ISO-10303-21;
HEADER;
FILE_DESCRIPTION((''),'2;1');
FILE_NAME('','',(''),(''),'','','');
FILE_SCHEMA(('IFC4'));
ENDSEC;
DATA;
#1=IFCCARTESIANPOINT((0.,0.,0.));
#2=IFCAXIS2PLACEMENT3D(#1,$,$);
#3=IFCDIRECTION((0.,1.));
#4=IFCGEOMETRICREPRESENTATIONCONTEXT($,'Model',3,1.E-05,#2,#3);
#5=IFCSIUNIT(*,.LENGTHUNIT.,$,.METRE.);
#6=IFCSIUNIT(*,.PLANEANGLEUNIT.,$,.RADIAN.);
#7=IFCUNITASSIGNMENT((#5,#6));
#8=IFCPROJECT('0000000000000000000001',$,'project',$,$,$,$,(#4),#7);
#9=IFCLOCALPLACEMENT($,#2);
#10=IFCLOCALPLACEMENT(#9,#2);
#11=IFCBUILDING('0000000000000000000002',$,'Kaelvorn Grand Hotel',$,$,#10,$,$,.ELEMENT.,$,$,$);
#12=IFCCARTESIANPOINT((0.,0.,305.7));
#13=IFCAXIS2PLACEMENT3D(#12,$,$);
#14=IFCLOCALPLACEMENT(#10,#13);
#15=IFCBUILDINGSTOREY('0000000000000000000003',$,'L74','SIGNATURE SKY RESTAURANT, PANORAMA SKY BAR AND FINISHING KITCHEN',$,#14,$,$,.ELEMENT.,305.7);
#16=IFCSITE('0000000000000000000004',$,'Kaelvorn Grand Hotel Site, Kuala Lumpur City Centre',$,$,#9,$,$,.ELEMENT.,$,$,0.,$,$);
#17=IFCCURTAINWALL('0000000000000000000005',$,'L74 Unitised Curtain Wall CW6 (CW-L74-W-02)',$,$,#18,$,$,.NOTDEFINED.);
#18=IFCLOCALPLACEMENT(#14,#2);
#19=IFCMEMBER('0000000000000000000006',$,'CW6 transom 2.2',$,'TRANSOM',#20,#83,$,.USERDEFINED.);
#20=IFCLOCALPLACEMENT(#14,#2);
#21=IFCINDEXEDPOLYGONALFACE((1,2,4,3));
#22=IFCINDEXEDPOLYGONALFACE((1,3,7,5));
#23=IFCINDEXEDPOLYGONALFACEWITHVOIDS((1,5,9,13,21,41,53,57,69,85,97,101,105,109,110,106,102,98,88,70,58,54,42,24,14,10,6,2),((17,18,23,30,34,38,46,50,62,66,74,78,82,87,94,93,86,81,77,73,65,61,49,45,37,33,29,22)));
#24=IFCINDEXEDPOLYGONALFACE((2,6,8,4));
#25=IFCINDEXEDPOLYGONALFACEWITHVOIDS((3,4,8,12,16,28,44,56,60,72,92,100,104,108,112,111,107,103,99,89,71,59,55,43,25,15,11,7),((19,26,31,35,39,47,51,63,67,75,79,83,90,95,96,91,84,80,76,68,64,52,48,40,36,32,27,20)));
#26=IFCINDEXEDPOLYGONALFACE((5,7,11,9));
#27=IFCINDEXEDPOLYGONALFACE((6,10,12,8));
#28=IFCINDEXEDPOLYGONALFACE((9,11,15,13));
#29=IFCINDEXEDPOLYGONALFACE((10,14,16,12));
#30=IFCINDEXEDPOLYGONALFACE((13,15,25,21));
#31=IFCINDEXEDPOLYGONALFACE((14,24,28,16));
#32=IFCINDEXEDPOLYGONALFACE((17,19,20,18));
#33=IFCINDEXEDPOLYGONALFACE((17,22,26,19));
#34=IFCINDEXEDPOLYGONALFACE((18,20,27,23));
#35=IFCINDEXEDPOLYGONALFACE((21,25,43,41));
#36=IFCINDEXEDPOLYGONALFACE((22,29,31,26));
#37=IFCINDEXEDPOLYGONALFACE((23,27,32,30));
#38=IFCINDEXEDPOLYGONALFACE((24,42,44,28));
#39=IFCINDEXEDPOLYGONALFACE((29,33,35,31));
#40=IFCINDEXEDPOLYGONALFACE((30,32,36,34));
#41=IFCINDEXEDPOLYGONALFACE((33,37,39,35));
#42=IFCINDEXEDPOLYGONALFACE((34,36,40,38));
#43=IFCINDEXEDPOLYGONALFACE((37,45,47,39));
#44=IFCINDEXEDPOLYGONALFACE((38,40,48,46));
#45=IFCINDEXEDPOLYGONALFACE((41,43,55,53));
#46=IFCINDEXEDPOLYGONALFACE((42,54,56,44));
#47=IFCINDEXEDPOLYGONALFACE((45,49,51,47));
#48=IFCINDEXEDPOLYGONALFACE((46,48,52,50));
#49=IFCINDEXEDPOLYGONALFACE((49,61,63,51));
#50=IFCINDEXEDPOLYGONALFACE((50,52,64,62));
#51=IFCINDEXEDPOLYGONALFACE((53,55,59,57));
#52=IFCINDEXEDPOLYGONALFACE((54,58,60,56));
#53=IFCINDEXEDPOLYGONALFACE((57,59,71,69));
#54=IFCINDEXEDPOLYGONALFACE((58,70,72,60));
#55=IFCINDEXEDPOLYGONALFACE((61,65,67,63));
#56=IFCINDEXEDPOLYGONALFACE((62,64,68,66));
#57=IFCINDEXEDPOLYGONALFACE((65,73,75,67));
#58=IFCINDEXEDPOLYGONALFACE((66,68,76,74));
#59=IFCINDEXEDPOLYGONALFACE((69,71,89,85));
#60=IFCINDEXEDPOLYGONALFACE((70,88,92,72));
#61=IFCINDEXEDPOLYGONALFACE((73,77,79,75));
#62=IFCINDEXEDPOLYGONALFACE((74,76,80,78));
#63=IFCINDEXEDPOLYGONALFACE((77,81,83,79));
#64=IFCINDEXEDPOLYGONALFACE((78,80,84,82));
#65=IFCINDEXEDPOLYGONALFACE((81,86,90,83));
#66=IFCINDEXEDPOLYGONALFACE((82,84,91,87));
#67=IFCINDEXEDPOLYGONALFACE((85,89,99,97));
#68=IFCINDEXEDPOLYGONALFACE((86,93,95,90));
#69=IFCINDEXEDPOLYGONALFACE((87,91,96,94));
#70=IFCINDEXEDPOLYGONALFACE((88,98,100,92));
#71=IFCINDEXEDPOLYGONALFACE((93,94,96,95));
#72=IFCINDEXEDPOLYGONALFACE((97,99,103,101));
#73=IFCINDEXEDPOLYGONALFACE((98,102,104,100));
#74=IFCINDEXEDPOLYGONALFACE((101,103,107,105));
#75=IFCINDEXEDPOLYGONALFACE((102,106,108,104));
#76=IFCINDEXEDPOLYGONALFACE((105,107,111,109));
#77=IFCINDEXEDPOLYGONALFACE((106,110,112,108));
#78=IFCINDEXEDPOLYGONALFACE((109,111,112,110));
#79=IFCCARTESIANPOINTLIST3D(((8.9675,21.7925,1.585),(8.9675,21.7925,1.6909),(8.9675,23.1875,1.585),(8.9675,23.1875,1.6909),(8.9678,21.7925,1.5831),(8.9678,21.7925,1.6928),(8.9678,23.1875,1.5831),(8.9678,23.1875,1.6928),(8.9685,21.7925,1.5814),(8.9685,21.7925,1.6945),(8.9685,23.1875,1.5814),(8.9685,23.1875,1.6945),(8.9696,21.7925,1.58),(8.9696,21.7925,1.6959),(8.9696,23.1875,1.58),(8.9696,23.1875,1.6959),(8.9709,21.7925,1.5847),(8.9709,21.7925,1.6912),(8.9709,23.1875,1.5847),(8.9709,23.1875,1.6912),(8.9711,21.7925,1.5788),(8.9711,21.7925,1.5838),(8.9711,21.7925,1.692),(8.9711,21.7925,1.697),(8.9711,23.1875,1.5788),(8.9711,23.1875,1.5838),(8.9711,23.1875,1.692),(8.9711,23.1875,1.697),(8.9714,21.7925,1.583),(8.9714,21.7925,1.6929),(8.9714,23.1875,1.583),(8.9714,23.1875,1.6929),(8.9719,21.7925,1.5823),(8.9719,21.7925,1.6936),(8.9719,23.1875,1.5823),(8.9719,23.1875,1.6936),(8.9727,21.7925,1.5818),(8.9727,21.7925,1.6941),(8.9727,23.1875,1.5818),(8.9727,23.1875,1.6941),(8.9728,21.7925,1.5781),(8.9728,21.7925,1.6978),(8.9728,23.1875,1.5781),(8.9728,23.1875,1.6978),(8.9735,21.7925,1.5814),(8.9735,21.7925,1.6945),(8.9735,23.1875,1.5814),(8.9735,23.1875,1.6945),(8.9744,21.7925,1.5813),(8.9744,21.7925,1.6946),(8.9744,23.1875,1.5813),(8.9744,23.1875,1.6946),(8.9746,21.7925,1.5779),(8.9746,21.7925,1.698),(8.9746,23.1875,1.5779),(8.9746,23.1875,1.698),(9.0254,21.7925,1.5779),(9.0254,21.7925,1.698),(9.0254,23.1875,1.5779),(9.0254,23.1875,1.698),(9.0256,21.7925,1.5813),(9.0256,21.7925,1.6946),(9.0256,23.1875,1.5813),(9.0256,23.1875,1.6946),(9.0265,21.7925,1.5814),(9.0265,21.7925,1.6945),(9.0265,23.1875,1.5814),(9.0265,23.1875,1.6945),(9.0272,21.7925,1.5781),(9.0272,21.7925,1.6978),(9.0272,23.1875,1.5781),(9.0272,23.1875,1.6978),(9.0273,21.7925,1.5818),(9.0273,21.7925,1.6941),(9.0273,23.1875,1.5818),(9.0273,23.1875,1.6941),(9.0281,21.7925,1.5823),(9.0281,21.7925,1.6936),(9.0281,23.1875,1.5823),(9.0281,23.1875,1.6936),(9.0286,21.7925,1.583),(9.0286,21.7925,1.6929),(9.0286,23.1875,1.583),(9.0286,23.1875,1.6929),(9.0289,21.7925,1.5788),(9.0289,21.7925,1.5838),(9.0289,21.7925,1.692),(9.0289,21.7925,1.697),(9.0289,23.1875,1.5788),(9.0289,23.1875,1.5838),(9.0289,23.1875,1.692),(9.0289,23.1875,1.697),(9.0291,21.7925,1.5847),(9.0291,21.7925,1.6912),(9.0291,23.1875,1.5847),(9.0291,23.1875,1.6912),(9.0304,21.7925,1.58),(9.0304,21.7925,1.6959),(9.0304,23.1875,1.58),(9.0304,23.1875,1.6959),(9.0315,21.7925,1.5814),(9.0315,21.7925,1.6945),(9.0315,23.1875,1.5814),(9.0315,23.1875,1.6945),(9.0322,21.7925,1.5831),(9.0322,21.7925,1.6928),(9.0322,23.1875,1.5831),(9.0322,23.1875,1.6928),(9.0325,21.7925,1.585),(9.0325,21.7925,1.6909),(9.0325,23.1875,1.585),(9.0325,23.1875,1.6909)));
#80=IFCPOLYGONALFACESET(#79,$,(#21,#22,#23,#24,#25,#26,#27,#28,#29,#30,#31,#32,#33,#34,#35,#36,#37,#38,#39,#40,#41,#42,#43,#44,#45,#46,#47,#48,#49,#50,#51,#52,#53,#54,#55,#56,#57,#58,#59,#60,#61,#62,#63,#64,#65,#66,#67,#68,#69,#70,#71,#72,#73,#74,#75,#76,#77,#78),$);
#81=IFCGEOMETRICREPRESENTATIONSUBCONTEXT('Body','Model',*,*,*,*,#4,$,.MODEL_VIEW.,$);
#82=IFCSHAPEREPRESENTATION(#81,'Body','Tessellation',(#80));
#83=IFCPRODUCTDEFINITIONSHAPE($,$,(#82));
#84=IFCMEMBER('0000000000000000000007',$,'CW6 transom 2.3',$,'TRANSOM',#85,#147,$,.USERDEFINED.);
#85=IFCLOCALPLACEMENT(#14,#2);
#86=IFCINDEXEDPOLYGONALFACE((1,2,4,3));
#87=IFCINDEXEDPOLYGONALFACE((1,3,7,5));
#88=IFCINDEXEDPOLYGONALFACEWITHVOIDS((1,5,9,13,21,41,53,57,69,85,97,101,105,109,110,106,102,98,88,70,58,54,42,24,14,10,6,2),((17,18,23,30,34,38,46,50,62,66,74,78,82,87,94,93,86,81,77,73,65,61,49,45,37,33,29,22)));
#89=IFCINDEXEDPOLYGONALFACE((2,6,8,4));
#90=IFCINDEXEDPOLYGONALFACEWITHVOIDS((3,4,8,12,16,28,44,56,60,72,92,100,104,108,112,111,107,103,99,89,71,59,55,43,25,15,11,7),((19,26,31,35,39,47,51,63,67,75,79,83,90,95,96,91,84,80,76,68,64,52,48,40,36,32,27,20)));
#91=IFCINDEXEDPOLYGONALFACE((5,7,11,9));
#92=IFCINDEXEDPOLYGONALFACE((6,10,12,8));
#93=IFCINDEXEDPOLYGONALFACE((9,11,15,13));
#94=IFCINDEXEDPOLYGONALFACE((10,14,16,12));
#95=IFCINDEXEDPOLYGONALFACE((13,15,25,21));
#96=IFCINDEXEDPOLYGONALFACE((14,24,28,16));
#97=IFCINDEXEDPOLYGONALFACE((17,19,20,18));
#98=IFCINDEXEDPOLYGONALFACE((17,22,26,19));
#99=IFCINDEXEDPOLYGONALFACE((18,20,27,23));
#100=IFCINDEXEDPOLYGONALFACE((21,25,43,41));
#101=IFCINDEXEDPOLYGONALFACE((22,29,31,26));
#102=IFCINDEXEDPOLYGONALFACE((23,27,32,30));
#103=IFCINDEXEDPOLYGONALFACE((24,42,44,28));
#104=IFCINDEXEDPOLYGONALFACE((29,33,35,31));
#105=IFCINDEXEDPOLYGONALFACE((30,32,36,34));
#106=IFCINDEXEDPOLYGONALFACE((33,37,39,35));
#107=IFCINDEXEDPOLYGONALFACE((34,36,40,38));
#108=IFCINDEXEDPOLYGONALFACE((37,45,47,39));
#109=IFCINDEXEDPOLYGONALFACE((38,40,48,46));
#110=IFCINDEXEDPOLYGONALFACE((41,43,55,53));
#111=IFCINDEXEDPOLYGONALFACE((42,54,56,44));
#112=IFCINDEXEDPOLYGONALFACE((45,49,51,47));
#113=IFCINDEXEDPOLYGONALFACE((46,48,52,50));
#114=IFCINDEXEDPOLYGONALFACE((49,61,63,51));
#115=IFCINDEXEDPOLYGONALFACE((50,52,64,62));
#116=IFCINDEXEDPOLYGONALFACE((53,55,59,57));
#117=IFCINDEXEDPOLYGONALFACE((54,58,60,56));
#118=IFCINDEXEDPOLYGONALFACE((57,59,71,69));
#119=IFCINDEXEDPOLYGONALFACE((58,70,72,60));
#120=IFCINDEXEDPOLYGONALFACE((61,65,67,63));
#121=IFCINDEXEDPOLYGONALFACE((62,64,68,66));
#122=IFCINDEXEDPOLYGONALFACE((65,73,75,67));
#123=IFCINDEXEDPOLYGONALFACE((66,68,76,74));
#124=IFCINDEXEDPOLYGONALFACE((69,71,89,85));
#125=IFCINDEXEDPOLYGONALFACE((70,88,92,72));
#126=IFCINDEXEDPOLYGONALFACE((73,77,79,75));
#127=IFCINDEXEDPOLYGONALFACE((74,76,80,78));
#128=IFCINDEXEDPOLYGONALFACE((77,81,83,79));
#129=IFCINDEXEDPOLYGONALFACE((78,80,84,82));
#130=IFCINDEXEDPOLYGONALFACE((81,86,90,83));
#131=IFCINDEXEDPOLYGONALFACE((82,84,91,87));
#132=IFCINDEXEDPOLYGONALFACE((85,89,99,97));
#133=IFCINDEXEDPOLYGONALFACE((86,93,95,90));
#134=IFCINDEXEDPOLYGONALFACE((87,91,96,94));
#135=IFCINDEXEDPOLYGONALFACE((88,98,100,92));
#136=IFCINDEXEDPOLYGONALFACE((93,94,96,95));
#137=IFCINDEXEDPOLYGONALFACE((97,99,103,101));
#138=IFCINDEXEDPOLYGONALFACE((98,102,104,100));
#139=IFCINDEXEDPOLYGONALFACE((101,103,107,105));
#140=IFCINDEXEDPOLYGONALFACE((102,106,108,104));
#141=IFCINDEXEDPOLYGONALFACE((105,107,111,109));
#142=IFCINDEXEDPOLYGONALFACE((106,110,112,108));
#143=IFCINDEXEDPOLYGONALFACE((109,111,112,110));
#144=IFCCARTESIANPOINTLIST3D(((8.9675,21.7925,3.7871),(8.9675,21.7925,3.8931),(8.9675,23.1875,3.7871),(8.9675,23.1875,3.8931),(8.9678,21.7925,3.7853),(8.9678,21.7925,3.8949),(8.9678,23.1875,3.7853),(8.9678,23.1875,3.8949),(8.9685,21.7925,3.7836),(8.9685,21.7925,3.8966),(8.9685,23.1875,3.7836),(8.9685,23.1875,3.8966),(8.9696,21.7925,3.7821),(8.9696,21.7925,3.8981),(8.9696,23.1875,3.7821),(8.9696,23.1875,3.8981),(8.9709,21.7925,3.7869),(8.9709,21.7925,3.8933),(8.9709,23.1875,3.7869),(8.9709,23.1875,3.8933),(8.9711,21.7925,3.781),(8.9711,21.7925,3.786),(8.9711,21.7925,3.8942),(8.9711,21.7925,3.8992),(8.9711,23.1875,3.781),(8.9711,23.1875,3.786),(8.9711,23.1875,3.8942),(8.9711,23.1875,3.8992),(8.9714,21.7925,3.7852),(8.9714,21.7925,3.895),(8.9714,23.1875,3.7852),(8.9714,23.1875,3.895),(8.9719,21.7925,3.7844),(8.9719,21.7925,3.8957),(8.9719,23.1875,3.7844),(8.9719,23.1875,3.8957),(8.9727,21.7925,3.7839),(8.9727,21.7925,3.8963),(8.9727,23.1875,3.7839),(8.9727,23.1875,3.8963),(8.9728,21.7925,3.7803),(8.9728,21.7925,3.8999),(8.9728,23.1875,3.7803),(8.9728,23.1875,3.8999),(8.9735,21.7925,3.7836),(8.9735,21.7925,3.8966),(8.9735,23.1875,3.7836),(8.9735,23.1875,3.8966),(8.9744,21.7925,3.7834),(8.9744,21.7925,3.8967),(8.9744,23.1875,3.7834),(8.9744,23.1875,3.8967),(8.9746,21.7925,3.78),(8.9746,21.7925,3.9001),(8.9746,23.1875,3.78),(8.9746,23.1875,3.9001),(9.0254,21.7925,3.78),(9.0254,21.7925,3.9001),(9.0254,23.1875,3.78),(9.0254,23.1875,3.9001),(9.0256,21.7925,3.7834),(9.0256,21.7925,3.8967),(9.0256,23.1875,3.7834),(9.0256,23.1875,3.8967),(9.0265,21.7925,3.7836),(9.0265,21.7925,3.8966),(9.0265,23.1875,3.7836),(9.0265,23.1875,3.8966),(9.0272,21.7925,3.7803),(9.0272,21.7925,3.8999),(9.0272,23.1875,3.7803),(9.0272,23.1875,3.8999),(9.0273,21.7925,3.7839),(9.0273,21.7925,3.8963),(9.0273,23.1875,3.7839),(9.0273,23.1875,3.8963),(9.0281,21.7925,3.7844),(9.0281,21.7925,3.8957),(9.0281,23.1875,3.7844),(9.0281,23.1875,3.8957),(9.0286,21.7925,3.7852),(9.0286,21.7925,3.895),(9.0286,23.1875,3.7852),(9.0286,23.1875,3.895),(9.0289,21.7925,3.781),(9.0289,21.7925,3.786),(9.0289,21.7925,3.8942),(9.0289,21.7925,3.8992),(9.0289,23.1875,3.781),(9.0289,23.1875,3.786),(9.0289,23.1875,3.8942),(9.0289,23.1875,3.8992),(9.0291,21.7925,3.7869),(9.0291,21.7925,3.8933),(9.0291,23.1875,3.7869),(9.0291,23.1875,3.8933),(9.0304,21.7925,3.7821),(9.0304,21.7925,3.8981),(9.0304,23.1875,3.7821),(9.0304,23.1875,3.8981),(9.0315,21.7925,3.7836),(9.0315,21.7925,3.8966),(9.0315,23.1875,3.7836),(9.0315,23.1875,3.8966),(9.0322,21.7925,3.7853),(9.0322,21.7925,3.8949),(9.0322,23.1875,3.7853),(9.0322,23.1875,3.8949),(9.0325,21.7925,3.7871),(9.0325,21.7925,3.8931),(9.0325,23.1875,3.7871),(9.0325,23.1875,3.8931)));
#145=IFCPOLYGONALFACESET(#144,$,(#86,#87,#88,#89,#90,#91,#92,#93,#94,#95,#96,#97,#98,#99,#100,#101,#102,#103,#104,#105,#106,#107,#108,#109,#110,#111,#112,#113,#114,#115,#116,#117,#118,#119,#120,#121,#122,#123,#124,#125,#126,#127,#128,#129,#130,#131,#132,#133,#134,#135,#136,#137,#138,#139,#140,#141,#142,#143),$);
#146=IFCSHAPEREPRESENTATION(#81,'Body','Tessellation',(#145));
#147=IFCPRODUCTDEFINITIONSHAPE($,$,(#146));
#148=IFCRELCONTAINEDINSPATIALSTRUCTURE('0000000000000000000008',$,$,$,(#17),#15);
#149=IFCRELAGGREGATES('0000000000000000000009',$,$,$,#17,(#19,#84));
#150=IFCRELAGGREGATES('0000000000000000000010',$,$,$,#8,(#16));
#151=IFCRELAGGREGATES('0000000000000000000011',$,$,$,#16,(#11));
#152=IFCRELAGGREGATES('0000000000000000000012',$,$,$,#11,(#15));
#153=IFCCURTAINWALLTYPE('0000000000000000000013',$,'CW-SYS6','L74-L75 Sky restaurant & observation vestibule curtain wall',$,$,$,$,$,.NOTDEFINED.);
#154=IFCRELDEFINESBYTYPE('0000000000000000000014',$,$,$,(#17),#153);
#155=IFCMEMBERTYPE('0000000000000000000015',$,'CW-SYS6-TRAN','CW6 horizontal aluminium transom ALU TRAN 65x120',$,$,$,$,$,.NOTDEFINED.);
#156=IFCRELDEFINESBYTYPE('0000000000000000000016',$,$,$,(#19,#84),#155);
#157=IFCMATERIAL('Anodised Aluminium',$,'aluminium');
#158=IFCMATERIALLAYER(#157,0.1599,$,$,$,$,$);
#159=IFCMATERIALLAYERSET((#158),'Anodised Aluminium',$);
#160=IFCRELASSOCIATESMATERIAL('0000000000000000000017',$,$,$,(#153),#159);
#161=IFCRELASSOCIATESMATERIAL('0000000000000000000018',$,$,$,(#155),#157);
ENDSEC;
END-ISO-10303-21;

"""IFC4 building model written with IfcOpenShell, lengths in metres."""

from ifc_helpers import new_model, si_unit, direction, frame, origin, origin_2d, place, context, subcontext, project, spatial, hollow_rectangle, extrude, material, layer, layer_set, material_profile, profile_set, type_object, element, aggregate, save


model = new_model("IFC4")

# Units and contexts
model_context = context("Model", 3, precision=1e-05, world=origin(), true_north=direction((0.0, 1.0)))
body_context = subcontext(model_context, "Body", "Model", "MODEL_VIEW")
ifc_project = project(units=[si_unit("LENGTHUNIT", "METRE"), si_unit("PLANEANGLEUNIT", "RADIAN")], contexts=[model_context])

# Site, building, storey
site_placement = place(None, origin())
site = spatial("IfcSite", under=ifc_project, at=site_placement, Name="Kaelvorn Grand Hotel Site, Kuala Lumpur City Centre", CompositionType="ELEMENT", RefElevation=0.0)
building_placement = place(site_placement, origin())
building = spatial("IfcBuilding", under=site, at=building_placement, Name="Kaelvorn Grand Hotel", CompositionType="ELEMENT")
storey_placement = place(building_placement, frame((0.0, 0.0, 305.7)))
storey = spatial("IfcBuildingStorey", under=building, at=storey_placement, Name="L74", Description="SIGNATURE SKY RESTAURANT, PANORAMA SKY BAR AND FINISHING KITCHEN", CompositionType="ELEMENT", Elevation=305.7)

# Curtain wall, members
ifc_material_1 = material(Name="Anodised Aluminium", Category="aluminium")
ifc_layer_1 = layer(ifc_material_1, 0.1599)
ifc_layer_set_1 = layer_set([ifc_layer_1], Name="Anodised Aluminium")
curtain_wall_type = type_object("IfcCurtainWallType", Name="CW-SYS6", Description="L74-L75 Sky restaurant & observation vestibule curtain wall", PredefinedType="NOTDEFINED", material=ifc_layer_set_1)
curtain_wall_placement = place(storey_placement, origin())
curtain_wall = element("IfcCurtainWall", 1, at=curtain_wall_placement, inside=storey, type_object=curtain_wall_type, Name="L74 Unitised Curtain Wall CW6 (CW-L74-W-02)", PredefinedType="NOTDEFINED")
ifc_material_profile_1 = material_profile(ifc_material_1, hollow_rectangle(XDim=0.0649, YDim=0.1201, WallThickness=0.0034, InnerFilletRadius=0.0034, OuterFilletRadius=0.0071, at=origin_2d()), Name="ALU TRAN 65x120")
ifc_profile_set_1 = profile_set([ifc_material_profile_1], Name="Anodised Aluminium")
member_type_1 = type_object("IfcMemberType", Name="CW-SYS6-TRAN", Description="CW6 horizontal aluminium transom ALU TRAN 65x120", PredefinedType="NOTDEFINED", material=ifc_profile_set_1)
member_1_placement = place(storey_placement, frame((9.0, 23.1875, 1.6379), z_axis=(0.0, -1.0, 0.0), x_axis=(1.0, 0.0, 0.0)))
member_1 = element("IfcMember", 2, at=member_1_placement, type_object=member_type_1, Name="CW6 transom 2.2", ObjectType="TRANSOM", PredefinedType="USERDEFINED", context=body_context, shape_type="SweptSolid", body=[
    extrude(hollow_rectangle(XDim=0.0649, YDim=0.1201, WallThickness=0.0034, InnerFilletRadius=0.0034, OuterFilletRadius=0.0071, at=origin_2d()), origin(), (0.0, 0.0, 1.0), 1.395),
])
member_2_placement = place(storey_placement, frame((9.0, 23.1875, 3.8401), z_axis=(0.0, -1.0, 0.0), x_axis=(1.0, 0.0, 0.0)))
member_2 = element("IfcMember", 3, at=member_2_placement, type_object=member_type_1, Name="CW6 transom 2.3", ObjectType="TRANSOM", PredefinedType="USERDEFINED", context=body_context, shape_type="SweptSolid", body=[
    extrude(hollow_rectangle(XDim=0.0649, YDim=0.1201, WallThickness=0.0034, InnerFilletRadius=0.0034, OuterFilletRadius=0.0071, at=origin_2d()), origin(), (0.0, 0.0, 1.0), 1.395),
])
aggregate(curtain_wall, [member_1, member_2])

save(model, "model.ifc")
